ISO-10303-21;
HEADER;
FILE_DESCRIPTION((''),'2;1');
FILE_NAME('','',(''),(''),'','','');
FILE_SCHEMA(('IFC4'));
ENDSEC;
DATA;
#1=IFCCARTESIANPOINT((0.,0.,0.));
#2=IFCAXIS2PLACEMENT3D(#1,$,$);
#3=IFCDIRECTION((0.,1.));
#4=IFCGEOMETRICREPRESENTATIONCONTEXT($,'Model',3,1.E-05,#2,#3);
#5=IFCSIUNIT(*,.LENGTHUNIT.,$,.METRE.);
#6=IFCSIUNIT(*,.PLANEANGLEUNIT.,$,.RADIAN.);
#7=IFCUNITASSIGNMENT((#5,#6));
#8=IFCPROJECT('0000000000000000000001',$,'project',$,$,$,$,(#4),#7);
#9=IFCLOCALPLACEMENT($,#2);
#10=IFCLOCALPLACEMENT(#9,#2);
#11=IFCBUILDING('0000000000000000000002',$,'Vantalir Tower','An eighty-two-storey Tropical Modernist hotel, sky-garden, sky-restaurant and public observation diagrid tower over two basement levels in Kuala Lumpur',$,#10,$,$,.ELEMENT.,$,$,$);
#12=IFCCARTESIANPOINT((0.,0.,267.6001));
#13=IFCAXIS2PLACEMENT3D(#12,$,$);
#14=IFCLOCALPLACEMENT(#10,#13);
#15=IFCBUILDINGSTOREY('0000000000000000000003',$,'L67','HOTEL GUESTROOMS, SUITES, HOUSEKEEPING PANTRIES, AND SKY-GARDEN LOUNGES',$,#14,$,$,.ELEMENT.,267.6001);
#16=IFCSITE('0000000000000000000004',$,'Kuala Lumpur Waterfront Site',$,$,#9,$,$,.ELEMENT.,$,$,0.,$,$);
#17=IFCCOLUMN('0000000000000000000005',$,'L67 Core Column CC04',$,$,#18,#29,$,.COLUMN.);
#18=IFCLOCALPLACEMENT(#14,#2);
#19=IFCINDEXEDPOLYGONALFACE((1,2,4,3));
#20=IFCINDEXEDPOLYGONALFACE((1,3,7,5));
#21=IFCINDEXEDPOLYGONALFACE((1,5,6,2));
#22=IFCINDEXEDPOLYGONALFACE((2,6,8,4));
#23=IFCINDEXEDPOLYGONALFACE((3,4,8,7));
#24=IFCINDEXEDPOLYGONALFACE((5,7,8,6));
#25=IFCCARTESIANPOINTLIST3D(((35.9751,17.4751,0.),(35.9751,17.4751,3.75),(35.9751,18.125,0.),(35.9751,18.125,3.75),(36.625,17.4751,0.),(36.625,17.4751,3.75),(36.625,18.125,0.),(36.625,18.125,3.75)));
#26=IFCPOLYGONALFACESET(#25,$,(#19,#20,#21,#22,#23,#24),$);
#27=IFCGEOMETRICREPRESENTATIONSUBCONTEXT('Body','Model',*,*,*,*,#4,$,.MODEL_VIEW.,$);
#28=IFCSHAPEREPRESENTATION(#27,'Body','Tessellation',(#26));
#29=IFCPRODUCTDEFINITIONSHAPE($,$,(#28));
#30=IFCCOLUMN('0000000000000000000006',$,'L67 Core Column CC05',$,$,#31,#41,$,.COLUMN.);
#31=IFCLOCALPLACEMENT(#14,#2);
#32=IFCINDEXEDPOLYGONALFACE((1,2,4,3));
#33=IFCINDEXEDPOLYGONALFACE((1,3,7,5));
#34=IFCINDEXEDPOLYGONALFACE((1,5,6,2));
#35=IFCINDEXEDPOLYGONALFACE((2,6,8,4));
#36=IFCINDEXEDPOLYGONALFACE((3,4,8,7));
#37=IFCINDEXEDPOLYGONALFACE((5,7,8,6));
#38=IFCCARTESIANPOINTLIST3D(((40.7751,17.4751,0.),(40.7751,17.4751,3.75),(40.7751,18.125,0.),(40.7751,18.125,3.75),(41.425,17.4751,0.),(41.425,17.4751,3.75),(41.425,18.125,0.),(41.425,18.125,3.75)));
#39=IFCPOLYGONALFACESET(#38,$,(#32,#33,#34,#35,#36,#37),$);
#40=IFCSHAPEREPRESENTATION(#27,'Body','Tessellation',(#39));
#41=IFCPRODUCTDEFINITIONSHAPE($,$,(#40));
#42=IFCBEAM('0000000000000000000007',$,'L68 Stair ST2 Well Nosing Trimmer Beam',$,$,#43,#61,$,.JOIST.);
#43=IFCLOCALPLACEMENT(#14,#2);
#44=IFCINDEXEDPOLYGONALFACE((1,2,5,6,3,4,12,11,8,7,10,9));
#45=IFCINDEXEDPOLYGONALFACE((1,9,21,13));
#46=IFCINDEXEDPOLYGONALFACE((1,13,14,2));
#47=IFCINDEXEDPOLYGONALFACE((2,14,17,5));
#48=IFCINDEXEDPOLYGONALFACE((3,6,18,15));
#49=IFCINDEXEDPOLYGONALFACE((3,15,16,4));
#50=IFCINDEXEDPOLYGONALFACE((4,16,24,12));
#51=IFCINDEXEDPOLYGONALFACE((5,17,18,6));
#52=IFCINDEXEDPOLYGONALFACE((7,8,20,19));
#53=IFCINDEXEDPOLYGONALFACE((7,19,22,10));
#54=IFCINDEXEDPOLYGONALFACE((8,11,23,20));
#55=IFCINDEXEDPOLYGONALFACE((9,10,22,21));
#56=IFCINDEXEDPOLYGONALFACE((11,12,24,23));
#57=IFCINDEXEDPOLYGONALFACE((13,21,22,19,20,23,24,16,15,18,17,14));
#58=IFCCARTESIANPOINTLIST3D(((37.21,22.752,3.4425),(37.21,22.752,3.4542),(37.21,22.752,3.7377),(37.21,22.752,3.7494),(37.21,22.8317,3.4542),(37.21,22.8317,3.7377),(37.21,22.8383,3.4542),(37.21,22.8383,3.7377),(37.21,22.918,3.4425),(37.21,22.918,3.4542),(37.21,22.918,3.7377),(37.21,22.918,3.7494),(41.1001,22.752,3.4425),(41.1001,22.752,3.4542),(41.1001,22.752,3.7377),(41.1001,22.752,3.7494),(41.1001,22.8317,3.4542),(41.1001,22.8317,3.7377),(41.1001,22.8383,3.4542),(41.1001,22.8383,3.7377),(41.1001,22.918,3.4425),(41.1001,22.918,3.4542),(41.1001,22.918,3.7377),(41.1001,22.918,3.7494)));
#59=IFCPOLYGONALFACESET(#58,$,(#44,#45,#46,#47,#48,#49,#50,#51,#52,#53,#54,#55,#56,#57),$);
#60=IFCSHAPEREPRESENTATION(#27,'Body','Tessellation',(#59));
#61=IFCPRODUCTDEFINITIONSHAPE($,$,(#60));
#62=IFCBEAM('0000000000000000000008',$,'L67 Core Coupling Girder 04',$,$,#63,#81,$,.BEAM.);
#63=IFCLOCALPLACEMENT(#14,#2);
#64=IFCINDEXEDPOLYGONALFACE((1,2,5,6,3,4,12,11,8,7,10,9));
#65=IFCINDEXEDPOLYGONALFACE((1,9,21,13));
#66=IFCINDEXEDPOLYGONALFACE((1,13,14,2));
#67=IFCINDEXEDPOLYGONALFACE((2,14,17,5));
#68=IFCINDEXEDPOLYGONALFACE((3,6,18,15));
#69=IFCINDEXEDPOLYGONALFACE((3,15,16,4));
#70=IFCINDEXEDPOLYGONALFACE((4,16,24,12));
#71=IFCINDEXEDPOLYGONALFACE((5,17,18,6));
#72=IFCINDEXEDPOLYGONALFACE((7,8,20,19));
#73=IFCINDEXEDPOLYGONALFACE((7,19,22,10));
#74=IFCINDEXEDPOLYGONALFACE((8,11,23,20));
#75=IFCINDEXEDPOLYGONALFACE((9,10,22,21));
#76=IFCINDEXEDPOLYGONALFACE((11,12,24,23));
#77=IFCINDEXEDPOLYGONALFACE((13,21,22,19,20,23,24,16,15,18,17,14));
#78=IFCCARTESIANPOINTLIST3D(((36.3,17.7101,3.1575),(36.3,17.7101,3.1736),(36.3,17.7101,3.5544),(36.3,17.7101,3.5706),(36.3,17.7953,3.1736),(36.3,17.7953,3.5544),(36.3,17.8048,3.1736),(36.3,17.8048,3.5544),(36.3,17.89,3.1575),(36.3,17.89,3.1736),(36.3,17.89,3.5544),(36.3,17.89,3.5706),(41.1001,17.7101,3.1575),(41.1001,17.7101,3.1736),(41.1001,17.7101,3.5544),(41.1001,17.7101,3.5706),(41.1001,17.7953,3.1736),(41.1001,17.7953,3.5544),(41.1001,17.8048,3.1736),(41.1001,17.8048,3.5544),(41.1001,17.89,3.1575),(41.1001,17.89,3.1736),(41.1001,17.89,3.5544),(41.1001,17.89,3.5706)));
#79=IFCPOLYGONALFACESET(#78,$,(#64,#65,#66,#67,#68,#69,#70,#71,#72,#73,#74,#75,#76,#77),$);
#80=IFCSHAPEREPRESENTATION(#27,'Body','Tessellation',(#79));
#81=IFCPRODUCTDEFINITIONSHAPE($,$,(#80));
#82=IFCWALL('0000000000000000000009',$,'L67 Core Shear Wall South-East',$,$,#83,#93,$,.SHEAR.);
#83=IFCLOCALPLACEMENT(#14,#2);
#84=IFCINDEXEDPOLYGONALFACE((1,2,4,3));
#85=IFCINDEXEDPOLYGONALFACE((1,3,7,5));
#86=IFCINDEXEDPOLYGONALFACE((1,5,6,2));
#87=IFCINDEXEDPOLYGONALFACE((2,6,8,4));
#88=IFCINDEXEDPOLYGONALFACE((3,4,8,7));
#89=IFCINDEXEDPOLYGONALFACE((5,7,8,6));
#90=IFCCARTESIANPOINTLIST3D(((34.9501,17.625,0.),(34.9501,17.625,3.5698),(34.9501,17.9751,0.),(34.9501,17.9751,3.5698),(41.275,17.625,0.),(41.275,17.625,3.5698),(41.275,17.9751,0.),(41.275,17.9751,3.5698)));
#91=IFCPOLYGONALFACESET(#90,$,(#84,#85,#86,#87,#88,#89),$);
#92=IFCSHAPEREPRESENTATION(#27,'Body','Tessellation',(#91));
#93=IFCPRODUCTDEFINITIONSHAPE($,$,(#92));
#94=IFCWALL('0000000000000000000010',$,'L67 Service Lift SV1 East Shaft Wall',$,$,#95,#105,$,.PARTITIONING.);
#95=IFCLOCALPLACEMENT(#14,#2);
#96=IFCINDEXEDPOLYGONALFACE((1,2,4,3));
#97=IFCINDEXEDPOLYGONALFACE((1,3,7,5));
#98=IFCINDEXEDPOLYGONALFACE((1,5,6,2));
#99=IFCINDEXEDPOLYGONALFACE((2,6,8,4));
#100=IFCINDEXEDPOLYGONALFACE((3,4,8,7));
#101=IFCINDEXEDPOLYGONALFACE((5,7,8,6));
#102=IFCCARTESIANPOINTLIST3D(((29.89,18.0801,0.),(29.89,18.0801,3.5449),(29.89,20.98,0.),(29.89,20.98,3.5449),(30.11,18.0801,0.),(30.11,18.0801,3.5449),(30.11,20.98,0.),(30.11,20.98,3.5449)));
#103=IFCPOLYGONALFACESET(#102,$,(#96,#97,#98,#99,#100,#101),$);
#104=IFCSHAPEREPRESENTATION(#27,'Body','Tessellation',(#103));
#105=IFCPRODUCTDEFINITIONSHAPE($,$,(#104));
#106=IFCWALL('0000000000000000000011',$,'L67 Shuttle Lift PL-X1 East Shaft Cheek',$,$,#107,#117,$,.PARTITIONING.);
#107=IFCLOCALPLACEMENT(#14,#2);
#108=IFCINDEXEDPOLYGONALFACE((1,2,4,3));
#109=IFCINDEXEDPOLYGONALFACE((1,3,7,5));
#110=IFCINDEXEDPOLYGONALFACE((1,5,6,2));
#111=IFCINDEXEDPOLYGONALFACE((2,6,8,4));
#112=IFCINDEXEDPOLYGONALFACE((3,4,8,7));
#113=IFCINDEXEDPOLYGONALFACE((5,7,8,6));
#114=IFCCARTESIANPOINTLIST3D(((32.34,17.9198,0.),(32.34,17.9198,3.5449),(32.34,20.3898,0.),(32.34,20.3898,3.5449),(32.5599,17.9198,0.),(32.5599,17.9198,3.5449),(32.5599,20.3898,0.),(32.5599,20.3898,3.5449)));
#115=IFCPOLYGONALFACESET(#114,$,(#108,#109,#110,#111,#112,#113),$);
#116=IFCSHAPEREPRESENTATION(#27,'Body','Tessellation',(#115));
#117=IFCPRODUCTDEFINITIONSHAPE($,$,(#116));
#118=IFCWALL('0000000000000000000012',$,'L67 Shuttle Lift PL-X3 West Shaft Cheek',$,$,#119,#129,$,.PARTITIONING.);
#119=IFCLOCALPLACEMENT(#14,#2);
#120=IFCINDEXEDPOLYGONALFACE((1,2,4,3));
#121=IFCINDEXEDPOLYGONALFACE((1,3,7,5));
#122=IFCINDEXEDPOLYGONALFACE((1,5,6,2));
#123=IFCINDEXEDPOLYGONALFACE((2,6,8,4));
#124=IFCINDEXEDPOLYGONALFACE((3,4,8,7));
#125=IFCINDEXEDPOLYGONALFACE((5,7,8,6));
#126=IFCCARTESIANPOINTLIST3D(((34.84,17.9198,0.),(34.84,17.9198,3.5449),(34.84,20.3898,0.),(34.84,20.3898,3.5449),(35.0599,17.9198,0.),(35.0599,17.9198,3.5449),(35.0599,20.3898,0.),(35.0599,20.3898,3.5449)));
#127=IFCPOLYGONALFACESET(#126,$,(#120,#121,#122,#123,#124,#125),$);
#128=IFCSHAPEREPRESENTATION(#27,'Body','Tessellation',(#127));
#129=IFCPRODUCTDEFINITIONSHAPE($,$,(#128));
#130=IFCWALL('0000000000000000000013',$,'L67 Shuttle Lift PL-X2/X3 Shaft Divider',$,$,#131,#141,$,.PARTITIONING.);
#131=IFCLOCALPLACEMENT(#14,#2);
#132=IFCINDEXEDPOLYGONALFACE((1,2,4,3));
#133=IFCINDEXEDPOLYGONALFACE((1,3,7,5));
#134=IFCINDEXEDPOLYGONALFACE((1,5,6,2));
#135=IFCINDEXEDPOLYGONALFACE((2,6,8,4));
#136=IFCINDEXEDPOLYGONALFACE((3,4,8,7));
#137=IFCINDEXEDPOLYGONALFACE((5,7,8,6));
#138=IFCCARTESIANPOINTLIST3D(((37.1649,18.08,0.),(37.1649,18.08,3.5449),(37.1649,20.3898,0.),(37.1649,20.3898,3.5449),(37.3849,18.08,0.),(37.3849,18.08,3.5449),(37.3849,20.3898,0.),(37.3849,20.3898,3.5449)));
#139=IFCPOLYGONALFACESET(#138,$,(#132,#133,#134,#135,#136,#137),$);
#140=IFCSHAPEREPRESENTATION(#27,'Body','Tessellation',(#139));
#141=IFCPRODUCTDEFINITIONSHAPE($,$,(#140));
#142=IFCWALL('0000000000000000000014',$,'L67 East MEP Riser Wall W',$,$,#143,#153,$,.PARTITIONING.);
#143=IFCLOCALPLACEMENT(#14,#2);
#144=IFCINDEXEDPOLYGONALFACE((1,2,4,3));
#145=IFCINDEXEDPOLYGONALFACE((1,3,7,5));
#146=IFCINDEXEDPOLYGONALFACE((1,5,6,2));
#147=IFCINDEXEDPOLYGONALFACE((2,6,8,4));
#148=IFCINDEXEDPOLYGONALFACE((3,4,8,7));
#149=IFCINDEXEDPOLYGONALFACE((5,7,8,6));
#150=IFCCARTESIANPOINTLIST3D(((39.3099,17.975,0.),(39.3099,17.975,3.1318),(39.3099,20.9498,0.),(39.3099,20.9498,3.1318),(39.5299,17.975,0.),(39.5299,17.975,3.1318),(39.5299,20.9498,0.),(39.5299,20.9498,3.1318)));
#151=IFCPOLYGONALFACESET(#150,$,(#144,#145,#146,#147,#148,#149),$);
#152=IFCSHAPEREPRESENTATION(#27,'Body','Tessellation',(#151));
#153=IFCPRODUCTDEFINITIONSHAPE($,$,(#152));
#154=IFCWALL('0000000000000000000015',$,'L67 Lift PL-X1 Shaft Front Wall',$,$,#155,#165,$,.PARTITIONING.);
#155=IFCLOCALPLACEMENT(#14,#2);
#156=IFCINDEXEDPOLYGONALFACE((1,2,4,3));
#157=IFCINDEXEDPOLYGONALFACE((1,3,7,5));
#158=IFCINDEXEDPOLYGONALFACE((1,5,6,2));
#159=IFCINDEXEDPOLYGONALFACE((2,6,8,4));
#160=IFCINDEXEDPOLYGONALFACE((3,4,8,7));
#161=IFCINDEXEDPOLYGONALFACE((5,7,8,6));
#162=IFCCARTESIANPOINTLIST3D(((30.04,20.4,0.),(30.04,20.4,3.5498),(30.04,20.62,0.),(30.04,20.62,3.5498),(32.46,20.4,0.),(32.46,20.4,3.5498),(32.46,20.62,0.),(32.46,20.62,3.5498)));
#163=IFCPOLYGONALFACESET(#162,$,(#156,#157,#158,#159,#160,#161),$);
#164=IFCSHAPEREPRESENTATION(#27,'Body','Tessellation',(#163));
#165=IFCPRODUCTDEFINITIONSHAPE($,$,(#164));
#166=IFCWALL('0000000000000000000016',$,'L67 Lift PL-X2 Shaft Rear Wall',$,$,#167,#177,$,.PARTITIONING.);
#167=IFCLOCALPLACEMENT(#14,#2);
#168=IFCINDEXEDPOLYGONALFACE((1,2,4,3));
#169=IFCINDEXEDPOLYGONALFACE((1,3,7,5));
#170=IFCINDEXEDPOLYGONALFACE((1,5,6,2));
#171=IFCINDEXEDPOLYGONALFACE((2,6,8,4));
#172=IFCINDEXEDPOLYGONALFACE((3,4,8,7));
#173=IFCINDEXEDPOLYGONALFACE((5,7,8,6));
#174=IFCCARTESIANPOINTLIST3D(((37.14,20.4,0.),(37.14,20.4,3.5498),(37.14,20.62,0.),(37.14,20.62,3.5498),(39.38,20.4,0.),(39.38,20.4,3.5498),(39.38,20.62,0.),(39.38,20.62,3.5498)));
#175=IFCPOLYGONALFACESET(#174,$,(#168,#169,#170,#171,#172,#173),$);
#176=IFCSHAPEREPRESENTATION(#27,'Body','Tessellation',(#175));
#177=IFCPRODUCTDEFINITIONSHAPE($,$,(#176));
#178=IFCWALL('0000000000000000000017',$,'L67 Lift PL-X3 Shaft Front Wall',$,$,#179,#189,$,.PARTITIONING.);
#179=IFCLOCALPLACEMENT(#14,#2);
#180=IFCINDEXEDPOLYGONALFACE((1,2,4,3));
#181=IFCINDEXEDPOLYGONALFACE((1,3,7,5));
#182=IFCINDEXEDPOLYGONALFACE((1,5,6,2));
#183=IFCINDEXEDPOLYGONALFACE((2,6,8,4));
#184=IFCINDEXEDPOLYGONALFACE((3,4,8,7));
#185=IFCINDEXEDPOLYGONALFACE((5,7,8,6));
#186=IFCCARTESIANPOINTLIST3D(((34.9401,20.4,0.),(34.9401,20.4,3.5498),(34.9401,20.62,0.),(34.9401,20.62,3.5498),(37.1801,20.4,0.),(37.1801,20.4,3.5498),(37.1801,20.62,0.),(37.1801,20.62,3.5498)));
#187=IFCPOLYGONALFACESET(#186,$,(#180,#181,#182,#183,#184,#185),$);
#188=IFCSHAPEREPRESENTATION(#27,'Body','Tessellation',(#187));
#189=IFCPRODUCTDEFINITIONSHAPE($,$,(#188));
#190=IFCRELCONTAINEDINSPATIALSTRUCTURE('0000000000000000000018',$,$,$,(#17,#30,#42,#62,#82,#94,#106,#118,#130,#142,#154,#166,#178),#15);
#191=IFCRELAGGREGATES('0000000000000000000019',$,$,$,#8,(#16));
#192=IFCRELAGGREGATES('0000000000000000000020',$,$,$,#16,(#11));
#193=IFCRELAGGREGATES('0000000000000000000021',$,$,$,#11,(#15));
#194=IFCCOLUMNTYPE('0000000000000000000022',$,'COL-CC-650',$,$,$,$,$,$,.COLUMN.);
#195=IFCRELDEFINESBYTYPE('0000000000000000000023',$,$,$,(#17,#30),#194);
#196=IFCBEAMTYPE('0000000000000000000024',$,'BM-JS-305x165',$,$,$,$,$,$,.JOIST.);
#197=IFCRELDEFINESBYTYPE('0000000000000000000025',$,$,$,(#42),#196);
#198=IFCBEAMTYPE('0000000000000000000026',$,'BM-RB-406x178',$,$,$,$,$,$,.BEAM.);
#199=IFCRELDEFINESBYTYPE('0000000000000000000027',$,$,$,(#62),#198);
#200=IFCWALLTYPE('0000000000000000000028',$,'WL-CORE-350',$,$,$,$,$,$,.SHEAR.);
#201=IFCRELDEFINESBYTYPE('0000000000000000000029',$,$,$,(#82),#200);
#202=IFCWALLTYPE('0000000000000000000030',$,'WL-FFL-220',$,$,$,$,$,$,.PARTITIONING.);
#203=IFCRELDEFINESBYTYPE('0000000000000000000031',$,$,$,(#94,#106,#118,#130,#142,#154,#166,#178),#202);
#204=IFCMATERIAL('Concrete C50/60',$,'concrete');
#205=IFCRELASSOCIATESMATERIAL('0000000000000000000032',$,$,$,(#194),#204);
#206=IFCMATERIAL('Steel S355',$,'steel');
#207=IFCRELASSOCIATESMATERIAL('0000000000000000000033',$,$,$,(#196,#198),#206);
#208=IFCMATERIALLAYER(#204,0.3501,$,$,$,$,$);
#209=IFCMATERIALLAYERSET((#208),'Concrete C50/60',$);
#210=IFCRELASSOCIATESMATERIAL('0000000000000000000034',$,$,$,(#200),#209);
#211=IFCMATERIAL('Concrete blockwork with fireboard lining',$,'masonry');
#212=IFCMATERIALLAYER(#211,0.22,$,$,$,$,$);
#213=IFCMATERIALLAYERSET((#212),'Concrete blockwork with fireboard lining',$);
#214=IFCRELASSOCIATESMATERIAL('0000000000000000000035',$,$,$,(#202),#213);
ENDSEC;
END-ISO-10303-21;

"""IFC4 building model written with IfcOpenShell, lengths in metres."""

from ifc_helpers import new_model, si_unit, direction, frame, frame_2d, origin, origin_2d, place, context, subcontext, project, spatial, rectangle, i_section, extrude, material, layer, layer_set, material_profile, profile_set, type_object, element, save


model = new_model("IFC4")

# Units and contexts
model_context = context("Model", 3, precision=1e-05, world=origin(), true_north=direction((0.0, 1.0)))
body_context = subcontext(model_context, "Body", "Model", "MODEL_VIEW")
ifc_project = project(units=[si_unit("LENGTHUNIT", "METRE"), si_unit("PLANEANGLEUNIT", "RADIAN")], contexts=[model_context])

# Site, building, storey
site_placement = place(None, origin())
site = spatial("IfcSite", under=ifc_project, at=site_placement, Name="Kuala Lumpur Waterfront Site", CompositionType="ELEMENT", RefElevation=0.0)
building_placement = place(site_placement, origin())
building = spatial("IfcBuilding", under=site, at=building_placement, Name="Vantalir Tower", Description="An eighty-two-storey Tropical Modernist hotel, sky-garden, sky-restaurant and public observation diagrid tower over two basement levels in Kuala Lumpur", CompositionType="ELEMENT")
storey_placement = place(building_placement, frame((0.0, 0.0, 267.6001)))
storey = spatial("IfcBuildingStorey", under=building, at=storey_placement, Name="L67", Description="HOTEL GUESTROOMS, SUITES, HOUSEKEEPING PANTRIES, AND SKY-GARDEN LOUNGES", CompositionType="ELEMENT", Elevation=267.6001)

# Columns
ifc_material_1 = material(Name="Concrete C50/60", Category="concrete")
ifc_material_profile_1 = material_profile(ifc_material_1, rectangle(XDim=0.6499, YDim=0.6499, at=origin_2d()), Name="Concrete C50/60")
ifc_profile_set_1 = profile_set([ifc_material_profile_1], Name="Concrete C50/60")
column_type = type_object("IfcColumnType", Name="COL-CC-650", PredefinedType="COLUMN", material=ifc_profile_set_1)
for number, where, z_axis, x_axis, name in (
    (1, (36.3, 17.8, 0.0), (0.0, 0.0, 1.0), (1.0, 0.0, 0.0), "L67 Core Column CC04"),
    (2, (41.1001, 17.8, 0.0), (0.0, 0.0, 1.0), (1.0, 0.0, 0.0), "L67 Core Column CC05"),
):
    element("IfcColumn", number, at=place(storey_placement, frame(where, z_axis=z_axis, x_axis=x_axis)), inside=storey, type_object=column_type, Name=name, PredefinedType="COLUMN", context=body_context, shape_type="SweptSolid", body=[
        extrude(rectangle(XDim=0.6499, YDim=0.6499, at=origin_2d()), origin(), (0.0, 0.0, 1.0), 3.75),
    ])

# Beams
ifc_material_2 = material(Name="Steel S355", Category="steel")
ifc_material_profile_2 = material_profile(ifc_material_2, i_section(OverallWidth=0.166, OverallDepth=0.3069, WebThickness=0.0066, FlangeThickness=0.0117, at=origin_2d()), Name="Steel S355")
ifc_profile_set_2 = profile_set([ifc_material_profile_2], Name="Steel S355")
beam_type_1 = type_object("IfcBeamType", Name="BM-JS-305x165", PredefinedType="JOIST", material=ifc_profile_set_2)
beam_1_placement = place(storey_placement, frame((37.21, 22.835, 3.5959), z_axis=(1.0, 0.0, 0.0), x_axis=(0.0, 1.0, 0.0)))
element("IfcBeam", 3, at=beam_1_placement, inside=storey, type_object=beam_type_1, Name="L68 Stair ST2 Well Nosing Trimmer Beam", PredefinedType="JOIST", context=body_context, shape_type="SweptSolid", body=[
    extrude(i_section(OverallWidth=0.166, OverallDepth=0.3069, WebThickness=0.0066, FlangeThickness=0.0117, at=origin_2d()), origin(), (0.0, 0.0, 1.0), 3.8901),
])
ifc_material_profile_3 = material_profile(ifc_material_2, i_section(OverallWidth=0.1799, OverallDepth=0.4131, WebThickness=0.0095, FlangeThickness=0.0161, at=origin_2d()), Name="Steel S355")
ifc_profile_set_3 = profile_set([ifc_material_profile_3], Name="Steel S355")
beam_type_2 = type_object("IfcBeamType", Name="BM-RB-406x178", PredefinedType="BEAM", material=ifc_profile_set_3)
beam_2_placement = place(storey_placement, frame((36.3, 17.8, 3.364), z_axis=(1.0, 0.0, 0.0), x_axis=(0.0, 1.0, 0.0)))
element("IfcBeam", 4, at=beam_2_placement, inside=storey, type_object=beam_type_2, Name="L67 Core Coupling Girder 04", PredefinedType="BEAM", context=body_context, shape_type="SweptSolid", body=[
    extrude(i_section(OverallWidth=0.1799, OverallDepth=0.4131, WebThickness=0.0095, FlangeThickness=0.0161, at=origin_2d()), origin(), (0.0, 0.0, 1.0), 4.8),
])

# Walls
ifc_layer_1 = layer(ifc_material_1, 0.3501)
ifc_layer_set_1 = layer_set([ifc_layer_1], Name="Concrete C50/60")
wall_type_1 = type_object("IfcWallType", Name="WL-CORE-350", PredefinedType="SHEAR", material=ifc_layer_set_1)
wall_1_placement = place(storey_placement, frame((34.95, 17.8, 0.0), z_axis=(0.0, 0.0, 1.0), x_axis=(1.0, 0.0, 0.0)))
element("IfcWall", 5, at=wall_1_placement, inside=storey, type_object=wall_type_1, Name="L67 Core Shear Wall South-East", PredefinedType="SHEAR", context=body_context, shape_type="SweptSolid", body=[
    extrude(rectangle(XDim=6.325, YDim=0.3501, at=frame_2d((3.1626, 0.0))), origin(), (0.0, 0.0, 1.0), 3.5698),
])
ifc_material_3 = material(Name="Concrete blockwork with fireboard lining", Category="masonry")
ifc_layer_2 = layer(ifc_material_3, 0.22)
ifc_layer_set_2 = layer_set([ifc_layer_2], Name="Concrete blockwork with fireboard lining")
wall_type_2 = type_object("IfcWallType", Name="WL-FFL-220", PredefinedType="PARTITIONING", material=ifc_layer_set_2)
wall_2_placement = place(storey_placement, frame((30.0, 18.0801, 0.0), z_axis=(0.0, 0.0, 1.0), x_axis=(0.0, 1.0, 0.0)))
element("IfcWall", 6, at=wall_2_placement, inside=storey, type_object=wall_type_2, Name="L67 Service Lift SV1 East Shaft Wall", PredefinedType="PARTITIONING", context=body_context, shape_type="SweptSolid", body=[
    extrude(rectangle(XDim=2.8999, YDim=0.22, at=frame_2d((1.45, 0.0))), origin(), (0.0, 0.0, 1.0), 3.5449),
])
for number, where, z_axis, x_axis, name in (
    (7, (32.45, 17.9199, 0.0), (0.0, 0.0, 1.0), (0.0, 1.0, 0.0), "L67 Shuttle Lift PL-X1 East Shaft Cheek"),
    (8, (34.95, 17.9199, 0.0), (0.0, 0.0, 1.0), (0.0, 1.0, 0.0), "L67 Shuttle Lift PL-X3 West Shaft Cheek"),
):
    element("IfcWall", number, at=place(storey_placement, frame(where, z_axis=z_axis, x_axis=x_axis)), inside=storey, type_object=wall_type_2, Name=name, PredefinedType="PARTITIONING", context=body_context, shape_type="SweptSolid", body=[
        extrude(rectangle(XDim=2.47, YDim=0.22, at=frame_2d((1.2349, 0.0))), origin(), (0.0, 0.0, 1.0), 3.5449),
    ])
wall_3_placement = place(storey_placement, frame((37.2749, 18.0801, 0.0), z_axis=(0.0, 0.0, 1.0), x_axis=(0.0, 1.0, 0.0)))
element("IfcWall", 9, at=wall_3_placement, inside=storey, type_object=wall_type_2, Name="L67 Shuttle Lift PL-X2/X3 Shaft Divider", PredefinedType="PARTITIONING", context=body_context, shape_type="SweptSolid", body=[
    extrude(rectangle(XDim=2.3098, YDim=0.22, at=frame_2d((1.1548, 0.0))), origin(), (0.0, 0.0, 1.0), 3.5449),
])
wall_4_placement = place(storey_placement, frame((39.4199, 17.9751, 0.0), z_axis=(0.0, 0.0, 1.0), x_axis=(0.0, 1.0, 0.0)))
element("IfcWall", 10, at=wall_4_placement, inside=storey, type_object=wall_type_2, Name="L67 East MEP Riser Wall W", PredefinedType="PARTITIONING", context=body_context, shape_type="SweptSolid", body=[
    extrude(rectangle(XDim=2.9749, YDim=0.22, at=frame_2d((1.4873, 0.0))), origin(), (0.0, 0.0, 1.0), 3.1318),
])
wall_5_placement = place(storey_placement, frame((30.04, 20.51, 0.0), z_axis=(0.0, 0.0, 1.0), x_axis=(1.0, 0.0, 0.0)))
element("IfcWall", 11, at=wall_5_placement, inside=storey, type_object=wall_type_2, Name="L67 Lift PL-X1 Shaft Front Wall", PredefinedType="PARTITIONING", context=body_context, shape_type="SweptSolid", body=[
    extrude(rectangle(XDim=2.4199, YDim=0.22, at=frame_2d((1.21, 0.0))), origin(), (0.0, 0.0, 1.0), 3.5498),
])
for number, where, z_axis, x_axis, name in (
    (12, (37.1399, 20.51, 0.0), (0.0, 0.0, 1.0), (1.0, 0.0, 0.0), "L67 Lift PL-X2 Shaft Rear Wall"),
    (13, (34.9399, 20.51, 0.0), (0.0, 0.0, 1.0), (1.0, 0.0, 0.0), "L67 Lift PL-X3 Shaft Front Wall"),
):
    element("IfcWall", number, at=place(storey_placement, frame(where, z_axis=z_axis, x_axis=x_axis)), inside=storey, type_object=wall_type_2, Name=name, PredefinedType="PARTITIONING", context=body_context, shape_type="SweptSolid", body=[
        extrude(rectangle(XDim=2.24, YDim=0.22, at=frame_2d((1.1201, 0.0))), origin(), (0.0, 0.0, 1.0), 3.5498),
    ])

save(model, "model.ifc")
